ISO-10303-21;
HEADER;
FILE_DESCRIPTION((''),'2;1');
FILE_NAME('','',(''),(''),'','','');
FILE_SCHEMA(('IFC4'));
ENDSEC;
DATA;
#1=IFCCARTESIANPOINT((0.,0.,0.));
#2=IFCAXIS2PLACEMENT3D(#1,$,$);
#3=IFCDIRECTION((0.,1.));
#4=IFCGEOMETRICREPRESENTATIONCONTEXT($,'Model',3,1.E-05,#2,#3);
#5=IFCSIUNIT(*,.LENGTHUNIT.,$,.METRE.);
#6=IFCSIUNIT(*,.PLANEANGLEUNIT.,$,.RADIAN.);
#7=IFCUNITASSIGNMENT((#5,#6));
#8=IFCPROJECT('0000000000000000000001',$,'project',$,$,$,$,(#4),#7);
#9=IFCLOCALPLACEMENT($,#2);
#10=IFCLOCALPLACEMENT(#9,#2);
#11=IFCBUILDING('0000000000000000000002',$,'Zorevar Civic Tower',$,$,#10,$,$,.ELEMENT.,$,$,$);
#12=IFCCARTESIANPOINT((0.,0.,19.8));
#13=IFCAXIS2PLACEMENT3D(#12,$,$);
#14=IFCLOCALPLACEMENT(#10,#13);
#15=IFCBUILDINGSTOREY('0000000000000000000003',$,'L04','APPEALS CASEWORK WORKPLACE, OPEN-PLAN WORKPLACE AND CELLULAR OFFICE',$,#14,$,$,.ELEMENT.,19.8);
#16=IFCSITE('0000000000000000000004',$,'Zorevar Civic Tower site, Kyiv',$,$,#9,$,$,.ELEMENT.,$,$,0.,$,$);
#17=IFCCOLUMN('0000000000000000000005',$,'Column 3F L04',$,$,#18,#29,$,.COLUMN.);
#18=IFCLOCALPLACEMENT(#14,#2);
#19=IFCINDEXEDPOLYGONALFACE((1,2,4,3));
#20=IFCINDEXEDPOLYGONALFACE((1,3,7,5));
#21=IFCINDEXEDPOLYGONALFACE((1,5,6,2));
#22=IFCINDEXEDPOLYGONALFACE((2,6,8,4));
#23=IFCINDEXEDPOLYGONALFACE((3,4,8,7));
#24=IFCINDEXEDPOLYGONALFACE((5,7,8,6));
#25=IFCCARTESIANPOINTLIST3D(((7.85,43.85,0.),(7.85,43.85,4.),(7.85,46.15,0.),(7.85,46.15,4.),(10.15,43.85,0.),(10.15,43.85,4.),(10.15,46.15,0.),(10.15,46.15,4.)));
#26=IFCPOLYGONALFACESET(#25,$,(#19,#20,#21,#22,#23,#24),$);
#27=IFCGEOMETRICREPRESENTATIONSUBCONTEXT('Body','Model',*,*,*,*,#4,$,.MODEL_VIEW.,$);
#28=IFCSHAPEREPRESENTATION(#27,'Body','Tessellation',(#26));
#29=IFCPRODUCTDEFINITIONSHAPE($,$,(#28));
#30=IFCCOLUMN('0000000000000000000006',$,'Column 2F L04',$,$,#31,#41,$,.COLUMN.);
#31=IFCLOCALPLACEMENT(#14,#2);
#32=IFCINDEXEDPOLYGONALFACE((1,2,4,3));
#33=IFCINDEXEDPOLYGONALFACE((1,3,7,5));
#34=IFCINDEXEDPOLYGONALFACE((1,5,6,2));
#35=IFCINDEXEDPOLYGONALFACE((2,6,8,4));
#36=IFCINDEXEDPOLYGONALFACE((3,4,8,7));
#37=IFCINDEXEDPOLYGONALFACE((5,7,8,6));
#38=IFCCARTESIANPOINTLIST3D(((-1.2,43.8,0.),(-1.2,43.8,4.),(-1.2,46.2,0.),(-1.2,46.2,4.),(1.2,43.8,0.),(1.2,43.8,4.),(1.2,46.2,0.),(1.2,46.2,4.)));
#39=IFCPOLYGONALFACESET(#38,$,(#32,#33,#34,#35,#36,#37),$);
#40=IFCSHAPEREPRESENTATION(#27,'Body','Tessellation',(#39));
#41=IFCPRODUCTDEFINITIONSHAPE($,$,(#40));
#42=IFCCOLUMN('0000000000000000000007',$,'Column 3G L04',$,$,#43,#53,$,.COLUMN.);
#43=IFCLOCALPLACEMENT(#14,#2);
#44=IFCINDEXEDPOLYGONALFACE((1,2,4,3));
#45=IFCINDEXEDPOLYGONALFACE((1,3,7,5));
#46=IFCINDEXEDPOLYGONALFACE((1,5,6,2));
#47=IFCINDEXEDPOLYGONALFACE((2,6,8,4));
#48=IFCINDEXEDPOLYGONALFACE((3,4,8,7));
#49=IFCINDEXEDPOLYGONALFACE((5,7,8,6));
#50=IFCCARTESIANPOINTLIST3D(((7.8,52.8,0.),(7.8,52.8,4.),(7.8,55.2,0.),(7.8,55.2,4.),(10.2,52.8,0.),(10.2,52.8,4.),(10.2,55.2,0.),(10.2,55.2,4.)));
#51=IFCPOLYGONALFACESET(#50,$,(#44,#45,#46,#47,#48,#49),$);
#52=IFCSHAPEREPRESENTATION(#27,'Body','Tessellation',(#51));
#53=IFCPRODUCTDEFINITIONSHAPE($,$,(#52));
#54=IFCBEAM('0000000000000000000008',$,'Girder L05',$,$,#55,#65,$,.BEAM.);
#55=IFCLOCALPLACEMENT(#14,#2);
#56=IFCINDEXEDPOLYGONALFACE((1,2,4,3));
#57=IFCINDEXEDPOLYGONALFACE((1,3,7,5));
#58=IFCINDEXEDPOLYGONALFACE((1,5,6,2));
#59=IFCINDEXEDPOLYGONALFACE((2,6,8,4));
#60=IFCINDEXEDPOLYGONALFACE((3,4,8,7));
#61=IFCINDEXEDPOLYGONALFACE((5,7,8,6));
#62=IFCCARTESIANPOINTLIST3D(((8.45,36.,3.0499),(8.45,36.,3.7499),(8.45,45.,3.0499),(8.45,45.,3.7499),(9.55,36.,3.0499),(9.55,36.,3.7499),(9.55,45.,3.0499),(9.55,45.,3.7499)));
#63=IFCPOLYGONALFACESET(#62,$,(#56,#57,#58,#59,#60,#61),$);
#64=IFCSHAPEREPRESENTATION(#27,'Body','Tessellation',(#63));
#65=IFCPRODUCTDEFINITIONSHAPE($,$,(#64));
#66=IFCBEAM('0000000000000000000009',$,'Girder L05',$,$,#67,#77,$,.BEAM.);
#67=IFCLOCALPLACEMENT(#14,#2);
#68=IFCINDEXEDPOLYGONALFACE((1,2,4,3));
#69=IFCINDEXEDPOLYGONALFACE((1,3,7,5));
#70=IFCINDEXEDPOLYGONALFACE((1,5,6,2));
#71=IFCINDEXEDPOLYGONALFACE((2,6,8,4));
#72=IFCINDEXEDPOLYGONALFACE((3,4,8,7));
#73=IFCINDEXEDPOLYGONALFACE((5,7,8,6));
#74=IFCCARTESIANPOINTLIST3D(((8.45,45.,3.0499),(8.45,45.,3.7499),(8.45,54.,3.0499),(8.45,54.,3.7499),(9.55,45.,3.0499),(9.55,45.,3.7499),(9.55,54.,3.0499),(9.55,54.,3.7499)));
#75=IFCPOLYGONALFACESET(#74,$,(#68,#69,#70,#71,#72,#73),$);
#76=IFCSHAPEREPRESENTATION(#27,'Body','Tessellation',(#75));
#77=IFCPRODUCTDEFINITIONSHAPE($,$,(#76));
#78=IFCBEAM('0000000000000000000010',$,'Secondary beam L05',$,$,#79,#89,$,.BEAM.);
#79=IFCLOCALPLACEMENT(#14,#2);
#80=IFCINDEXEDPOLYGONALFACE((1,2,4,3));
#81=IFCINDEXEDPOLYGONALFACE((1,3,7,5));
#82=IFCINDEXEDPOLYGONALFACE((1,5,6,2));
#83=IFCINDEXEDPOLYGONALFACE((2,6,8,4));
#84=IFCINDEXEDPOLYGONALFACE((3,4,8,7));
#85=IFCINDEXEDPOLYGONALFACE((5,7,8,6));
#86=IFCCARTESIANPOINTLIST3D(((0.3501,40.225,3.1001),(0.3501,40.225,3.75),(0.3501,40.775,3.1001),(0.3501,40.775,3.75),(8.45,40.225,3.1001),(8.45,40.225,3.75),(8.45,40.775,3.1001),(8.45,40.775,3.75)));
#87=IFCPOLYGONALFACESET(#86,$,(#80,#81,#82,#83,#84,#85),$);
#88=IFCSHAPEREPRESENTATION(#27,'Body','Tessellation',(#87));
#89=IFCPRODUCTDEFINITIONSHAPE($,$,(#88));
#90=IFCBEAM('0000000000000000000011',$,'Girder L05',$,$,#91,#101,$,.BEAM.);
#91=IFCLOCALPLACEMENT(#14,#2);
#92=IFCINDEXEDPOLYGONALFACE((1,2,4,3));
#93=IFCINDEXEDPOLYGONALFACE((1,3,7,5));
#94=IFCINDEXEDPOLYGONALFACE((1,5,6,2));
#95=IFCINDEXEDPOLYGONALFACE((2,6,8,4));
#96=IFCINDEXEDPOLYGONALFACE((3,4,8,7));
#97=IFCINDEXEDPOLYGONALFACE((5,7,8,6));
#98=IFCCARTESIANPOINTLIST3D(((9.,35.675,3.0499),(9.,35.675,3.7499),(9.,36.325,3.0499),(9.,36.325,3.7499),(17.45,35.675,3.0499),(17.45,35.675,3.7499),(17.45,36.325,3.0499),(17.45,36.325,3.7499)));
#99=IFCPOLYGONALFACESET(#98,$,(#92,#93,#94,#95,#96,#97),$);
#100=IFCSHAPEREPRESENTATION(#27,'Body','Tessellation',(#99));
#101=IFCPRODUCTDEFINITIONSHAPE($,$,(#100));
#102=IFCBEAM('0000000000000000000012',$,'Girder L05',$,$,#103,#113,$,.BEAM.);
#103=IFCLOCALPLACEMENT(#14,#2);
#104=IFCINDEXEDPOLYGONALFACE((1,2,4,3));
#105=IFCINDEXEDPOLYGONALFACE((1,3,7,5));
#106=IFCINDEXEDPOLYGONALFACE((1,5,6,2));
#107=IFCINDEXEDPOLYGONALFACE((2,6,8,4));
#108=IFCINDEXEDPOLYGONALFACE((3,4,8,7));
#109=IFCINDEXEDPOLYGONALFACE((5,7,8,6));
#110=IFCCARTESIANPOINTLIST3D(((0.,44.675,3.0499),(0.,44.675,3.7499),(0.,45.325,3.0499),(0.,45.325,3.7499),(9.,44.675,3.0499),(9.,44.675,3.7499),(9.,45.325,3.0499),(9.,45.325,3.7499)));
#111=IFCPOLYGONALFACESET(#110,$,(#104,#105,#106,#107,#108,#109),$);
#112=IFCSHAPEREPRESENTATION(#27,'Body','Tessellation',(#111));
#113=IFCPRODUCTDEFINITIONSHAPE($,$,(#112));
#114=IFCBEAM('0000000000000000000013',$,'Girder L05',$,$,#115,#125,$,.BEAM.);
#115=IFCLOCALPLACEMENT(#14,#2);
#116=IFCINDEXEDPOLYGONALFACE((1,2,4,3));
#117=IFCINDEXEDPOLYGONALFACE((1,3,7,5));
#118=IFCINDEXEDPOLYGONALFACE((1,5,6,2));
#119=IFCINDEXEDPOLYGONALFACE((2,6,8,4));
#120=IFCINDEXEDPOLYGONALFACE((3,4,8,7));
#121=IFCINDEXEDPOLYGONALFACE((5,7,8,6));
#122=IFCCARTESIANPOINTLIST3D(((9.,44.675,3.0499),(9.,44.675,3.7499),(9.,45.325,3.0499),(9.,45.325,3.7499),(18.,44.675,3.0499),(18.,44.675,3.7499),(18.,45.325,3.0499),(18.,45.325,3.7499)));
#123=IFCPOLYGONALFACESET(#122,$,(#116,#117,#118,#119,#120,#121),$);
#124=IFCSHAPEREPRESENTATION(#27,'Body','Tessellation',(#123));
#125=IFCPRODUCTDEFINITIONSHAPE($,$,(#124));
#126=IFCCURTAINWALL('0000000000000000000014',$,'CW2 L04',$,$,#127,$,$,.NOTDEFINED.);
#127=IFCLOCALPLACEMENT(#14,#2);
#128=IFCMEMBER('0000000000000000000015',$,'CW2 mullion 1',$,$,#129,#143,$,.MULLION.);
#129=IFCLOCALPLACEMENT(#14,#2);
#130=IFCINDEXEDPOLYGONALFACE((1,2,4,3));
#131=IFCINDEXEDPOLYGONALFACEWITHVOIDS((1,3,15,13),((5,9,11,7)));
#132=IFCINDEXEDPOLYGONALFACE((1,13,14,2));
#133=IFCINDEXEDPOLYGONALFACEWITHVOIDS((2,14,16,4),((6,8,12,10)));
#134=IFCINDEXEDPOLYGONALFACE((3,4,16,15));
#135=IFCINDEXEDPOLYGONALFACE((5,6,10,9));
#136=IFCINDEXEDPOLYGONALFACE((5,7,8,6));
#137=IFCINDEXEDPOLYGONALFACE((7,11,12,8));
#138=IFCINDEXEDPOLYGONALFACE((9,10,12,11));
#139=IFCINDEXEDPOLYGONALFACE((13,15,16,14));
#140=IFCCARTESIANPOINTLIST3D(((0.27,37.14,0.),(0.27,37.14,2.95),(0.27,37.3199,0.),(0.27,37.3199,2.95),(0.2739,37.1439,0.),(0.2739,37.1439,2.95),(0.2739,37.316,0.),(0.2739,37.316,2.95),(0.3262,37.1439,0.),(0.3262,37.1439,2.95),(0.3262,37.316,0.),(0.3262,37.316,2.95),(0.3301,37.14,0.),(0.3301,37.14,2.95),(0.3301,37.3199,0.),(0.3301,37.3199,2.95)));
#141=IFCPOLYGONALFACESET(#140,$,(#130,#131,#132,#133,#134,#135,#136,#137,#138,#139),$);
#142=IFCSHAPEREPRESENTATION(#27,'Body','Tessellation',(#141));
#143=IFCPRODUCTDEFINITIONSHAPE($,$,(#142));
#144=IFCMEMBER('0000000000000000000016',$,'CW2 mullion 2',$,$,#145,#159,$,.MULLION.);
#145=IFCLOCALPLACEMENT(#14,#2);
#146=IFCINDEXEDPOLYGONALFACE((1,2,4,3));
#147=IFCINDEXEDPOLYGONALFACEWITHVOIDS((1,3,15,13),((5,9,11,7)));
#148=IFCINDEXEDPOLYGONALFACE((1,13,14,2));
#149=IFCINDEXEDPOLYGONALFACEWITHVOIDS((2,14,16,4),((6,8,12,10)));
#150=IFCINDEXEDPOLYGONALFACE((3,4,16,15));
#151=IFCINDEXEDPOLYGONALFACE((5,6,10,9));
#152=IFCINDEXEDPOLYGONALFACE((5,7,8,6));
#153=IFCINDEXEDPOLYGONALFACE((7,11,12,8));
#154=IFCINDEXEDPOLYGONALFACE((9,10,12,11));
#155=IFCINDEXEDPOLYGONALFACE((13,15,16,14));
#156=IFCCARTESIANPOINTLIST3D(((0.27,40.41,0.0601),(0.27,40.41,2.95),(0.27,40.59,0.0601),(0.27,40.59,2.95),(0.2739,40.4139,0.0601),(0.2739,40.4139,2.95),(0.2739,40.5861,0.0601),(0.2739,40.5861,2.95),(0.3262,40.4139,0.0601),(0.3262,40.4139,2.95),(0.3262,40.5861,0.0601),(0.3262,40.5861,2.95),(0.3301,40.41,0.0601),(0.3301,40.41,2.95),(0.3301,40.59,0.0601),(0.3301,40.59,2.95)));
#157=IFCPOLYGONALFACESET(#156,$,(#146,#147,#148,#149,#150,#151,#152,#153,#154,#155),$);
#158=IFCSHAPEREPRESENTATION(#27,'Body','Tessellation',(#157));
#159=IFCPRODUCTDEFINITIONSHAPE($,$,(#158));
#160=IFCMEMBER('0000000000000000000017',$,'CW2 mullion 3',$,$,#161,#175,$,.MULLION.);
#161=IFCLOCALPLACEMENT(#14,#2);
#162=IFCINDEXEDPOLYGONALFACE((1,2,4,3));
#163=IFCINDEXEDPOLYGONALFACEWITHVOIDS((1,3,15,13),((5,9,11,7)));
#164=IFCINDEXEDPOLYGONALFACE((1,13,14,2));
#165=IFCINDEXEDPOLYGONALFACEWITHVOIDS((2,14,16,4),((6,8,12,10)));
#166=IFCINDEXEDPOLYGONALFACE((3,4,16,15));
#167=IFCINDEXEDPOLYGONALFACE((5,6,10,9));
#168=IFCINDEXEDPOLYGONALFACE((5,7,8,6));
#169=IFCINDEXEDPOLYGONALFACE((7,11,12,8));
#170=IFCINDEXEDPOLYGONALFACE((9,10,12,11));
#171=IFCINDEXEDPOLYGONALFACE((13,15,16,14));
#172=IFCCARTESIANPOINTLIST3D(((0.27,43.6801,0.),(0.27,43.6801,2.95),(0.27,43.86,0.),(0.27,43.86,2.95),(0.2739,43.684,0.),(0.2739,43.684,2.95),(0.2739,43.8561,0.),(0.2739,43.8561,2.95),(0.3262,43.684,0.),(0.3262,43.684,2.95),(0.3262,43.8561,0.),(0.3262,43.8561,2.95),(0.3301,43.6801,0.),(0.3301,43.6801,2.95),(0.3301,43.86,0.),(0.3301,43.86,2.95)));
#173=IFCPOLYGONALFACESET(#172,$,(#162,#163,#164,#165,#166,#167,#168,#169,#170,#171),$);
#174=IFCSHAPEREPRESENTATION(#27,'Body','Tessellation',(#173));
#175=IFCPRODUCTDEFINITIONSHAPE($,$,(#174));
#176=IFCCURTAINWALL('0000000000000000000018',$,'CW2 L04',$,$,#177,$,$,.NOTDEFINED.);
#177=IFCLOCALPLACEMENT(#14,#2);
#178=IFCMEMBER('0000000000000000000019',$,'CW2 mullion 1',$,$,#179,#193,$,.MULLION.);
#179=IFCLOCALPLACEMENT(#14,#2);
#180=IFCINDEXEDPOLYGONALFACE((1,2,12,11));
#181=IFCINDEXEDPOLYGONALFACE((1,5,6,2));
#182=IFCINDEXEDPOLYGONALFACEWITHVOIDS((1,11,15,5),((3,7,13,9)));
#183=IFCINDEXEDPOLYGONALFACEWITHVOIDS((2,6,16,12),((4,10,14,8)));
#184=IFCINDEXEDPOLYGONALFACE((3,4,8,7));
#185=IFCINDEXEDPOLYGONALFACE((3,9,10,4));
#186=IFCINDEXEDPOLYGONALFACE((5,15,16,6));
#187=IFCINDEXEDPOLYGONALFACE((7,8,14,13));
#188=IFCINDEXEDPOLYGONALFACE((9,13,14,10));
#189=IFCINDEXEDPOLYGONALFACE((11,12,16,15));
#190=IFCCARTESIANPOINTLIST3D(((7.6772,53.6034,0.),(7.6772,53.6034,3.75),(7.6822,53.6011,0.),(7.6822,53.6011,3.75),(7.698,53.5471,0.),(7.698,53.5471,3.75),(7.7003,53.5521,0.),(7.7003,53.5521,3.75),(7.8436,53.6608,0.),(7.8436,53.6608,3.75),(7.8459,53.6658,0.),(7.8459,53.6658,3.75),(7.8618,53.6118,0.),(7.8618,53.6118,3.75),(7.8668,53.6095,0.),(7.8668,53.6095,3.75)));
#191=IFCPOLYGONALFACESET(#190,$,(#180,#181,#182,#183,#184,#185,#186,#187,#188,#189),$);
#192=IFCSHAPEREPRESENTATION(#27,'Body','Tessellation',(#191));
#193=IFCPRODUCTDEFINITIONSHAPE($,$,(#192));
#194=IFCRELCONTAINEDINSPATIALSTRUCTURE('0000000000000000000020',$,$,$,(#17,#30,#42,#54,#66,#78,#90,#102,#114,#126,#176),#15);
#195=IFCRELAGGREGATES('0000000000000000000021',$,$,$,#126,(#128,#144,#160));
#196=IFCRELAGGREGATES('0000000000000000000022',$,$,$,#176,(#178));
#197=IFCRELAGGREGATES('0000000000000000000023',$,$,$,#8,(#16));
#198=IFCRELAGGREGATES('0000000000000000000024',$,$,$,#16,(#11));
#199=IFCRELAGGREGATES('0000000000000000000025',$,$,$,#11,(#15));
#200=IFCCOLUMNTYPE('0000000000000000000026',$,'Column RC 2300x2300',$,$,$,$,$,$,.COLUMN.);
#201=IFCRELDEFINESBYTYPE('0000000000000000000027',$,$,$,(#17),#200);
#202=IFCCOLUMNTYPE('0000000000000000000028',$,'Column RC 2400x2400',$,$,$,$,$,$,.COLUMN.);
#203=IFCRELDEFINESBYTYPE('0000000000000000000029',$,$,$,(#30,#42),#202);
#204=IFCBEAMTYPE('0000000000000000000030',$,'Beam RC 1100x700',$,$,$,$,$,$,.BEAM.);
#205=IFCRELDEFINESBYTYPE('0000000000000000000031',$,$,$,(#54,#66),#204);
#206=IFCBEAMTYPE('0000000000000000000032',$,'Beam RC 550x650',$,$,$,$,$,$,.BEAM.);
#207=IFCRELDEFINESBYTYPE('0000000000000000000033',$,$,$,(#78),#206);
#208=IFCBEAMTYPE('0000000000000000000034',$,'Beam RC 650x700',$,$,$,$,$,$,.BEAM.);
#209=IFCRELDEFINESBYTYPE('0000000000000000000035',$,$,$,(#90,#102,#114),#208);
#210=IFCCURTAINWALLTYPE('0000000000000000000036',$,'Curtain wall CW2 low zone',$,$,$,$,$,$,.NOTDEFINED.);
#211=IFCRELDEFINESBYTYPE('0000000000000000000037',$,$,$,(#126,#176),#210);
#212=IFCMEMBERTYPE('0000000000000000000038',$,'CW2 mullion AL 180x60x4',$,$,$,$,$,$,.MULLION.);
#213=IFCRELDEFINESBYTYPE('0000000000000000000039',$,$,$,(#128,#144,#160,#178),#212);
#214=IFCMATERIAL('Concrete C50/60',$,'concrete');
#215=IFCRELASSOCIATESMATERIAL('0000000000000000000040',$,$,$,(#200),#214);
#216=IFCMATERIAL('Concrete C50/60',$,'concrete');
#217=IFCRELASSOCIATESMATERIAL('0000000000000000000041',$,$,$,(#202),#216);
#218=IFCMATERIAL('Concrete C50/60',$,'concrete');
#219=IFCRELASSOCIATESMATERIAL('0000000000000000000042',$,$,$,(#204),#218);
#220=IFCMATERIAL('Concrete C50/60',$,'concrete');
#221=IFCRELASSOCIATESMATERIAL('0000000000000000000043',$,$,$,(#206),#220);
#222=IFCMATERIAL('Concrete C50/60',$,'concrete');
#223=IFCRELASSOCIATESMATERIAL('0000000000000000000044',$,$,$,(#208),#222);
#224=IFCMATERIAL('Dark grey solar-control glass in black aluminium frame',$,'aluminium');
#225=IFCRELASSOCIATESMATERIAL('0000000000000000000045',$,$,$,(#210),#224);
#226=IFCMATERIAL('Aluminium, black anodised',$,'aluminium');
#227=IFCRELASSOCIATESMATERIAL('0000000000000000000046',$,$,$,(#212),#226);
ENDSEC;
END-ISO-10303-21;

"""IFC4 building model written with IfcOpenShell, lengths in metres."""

from ifc_helpers import new_model, si_unit, direction, frame, origin, origin_2d, place, context, subcontext, project, spatial, rectangle, hollow_rectangle, extrude, material, material_profile, profile_set, type_object, element, aggregate, save


model = new_model("IFC4")

# Units and contexts
model_context = context("Model", 3, precision=1e-05, world=origin(), true_north=direction((0.0, 1.0)))
body_context = subcontext(model_context, "Body", "Model", "MODEL_VIEW")
ifc_project = project(units=[si_unit("LENGTHUNIT", "METRE"), si_unit("PLANEANGLEUNIT", "RADIAN")], contexts=[model_context])

# Site, building, storey
site_placement = place(None, origin())
site = spatial("IfcSite", under=ifc_project, at=site_placement, Name="Zorevar Civic Tower site, Kyiv", CompositionType="ELEMENT", RefElevation=0.0)
building_placement = place(site_placement, origin())
building = spatial("IfcBuilding", under=site, at=building_placement, Name="Zorevar Civic Tower", CompositionType="ELEMENT")
storey_placement = place(building_placement, frame((0.0, 0.0, 19.8)))
storey = spatial("IfcBuildingStorey", under=building, at=storey_placement, Name="L04", Description="APPEALS CASEWORK WORKPLACE, OPEN-PLAN WORKPLACE AND CELLULAR OFFICE", CompositionType="ELEMENT", Elevation=19.8)

# Columns
ifc_material_1 = material(Name="Concrete C50/60", Category="concrete")
ifc_material_profile_1 = material_profile(ifc_material_1, rectangle(XDim=2.3, YDim=2.3, at=origin_2d()), Name="RC 2300x2300")
ifc_profile_set_1 = profile_set([ifc_material_profile_1], Name="Concrete C50/60")
column_type_1 = type_object("IfcColumnType", Name="Column RC 2300x2300", PredefinedType="COLUMN", material=ifc_profile_set_1)
column_placement = place(storey_placement, frame((9.0, 45.0, 0.0), z_axis=(0.0, 0.0, 1.0), x_axis=(1.0, 0.0, 0.0)))
element("IfcColumn", 1, at=column_placement, inside=storey, type_object=column_type_1, Name="Column 3F L04", PredefinedType="COLUMN", context=body_context, shape_type="SweptSolid", body=[
    extrude(rectangle(XDim=2.3, YDim=2.3, at=origin_2d()), origin(), (0.0, 0.0, 1.0), 4.0),
])
ifc_material_2 = material(Name="Concrete C50/60", Category="concrete")
ifc_material_profile_2 = material_profile(ifc_material_2, rectangle(XDim=2.3999, YDim=2.3999, at=origin_2d()), Name="RC 2400x2400")
ifc_profile_set_2 = profile_set([ifc_material_profile_2], Name="Concrete C50/60")
column_type_2 = type_object("IfcColumnType", Name="Column RC 2400x2400", PredefinedType="COLUMN", material=ifc_profile_set_2)
for number, where, z_axis, x_axis, name in (
    (2, (0.0, 45.0, 0.0), (0.0, 0.0, 1.0), (1.0, 0.0, 0.0), "Column 2F L04"),
    (3, (9.0, 54.0, 0.0), (0.0, 0.0, 1.0), (1.0, 0.0, 0.0), "Column 3G L04"),
):
    element("IfcColumn", number, at=place(storey_placement, frame(where, z_axis=z_axis, x_axis=x_axis)), inside=storey, type_object=column_type_2, Name=name, PredefinedType="COLUMN", context=body_context, shape_type="SweptSolid", body=[
        extrude(rectangle(XDim=2.3999, YDim=2.3999, at=origin_2d()), origin(), (0.0, 0.0, 1.0), 4.0),
    ])

# Beams
ifc_material_3 = material(Name="Concrete C50/60", Category="concrete")
ifc_material_profile_3 = material_profile(ifc_material_3, rectangle(XDim=1.1001, YDim=0.7, at=origin_2d()), Name="RC 1100x700")
ifc_profile_set_3 = profile_set([ifc_material_profile_3], Name="Concrete C50/60")
beam_type_1 = type_object("IfcBeamType", Name="Beam RC 1100x700", PredefinedType="BEAM", material=ifc_profile_set_3)
for number, where, z_axis, x_axis, name in (
    (4, (9.0, 36.0, 3.3999), (0.0, 1.0, 0.0), (-1.0, 0.0, 0.0), "Girder L05"),
    (5, (9.0, 45.0, 3.3999), (0.0, 1.0, 0.0), (-1.0, 0.0, 0.0), "Girder L05"),
):
    element("IfcBeam", number, at=place(storey_placement, frame(where, z_axis=z_axis, x_axis=x_axis)), inside=storey, type_object=beam_type_1, Name=name, PredefinedType="BEAM", context=body_context, shape_type="SweptSolid", body=[
        extrude(rectangle(XDim=1.1001, YDim=0.7, at=origin_2d()), origin(), (0.0, 0.0, 1.0), 9.0),
    ])
ifc_material_4 = material(Name="Concrete C50/60", Category="concrete")
ifc_material_profile_4 = material_profile(ifc_material_4, rectangle(XDim=0.55, YDim=0.6499, at=origin_2d()), Name="RC 550x650")
ifc_profile_set_4 = profile_set([ifc_material_profile_4], Name="Concrete C50/60")
beam_type_2 = type_object("IfcBeamType", Name="Beam RC 550x650", PredefinedType="BEAM", material=ifc_profile_set_4)
beam_1_placement = place(storey_placement, frame((0.3501, 40.5, 3.425), z_axis=(1.0, 0.0, 0.0), x_axis=(0.0, 1.0, 0.0)))
element("IfcBeam", 6, at=beam_1_placement, inside=storey, type_object=beam_type_2, Name="Secondary beam L05", PredefinedType="BEAM", context=body_context, shape_type="SweptSolid", body=[
    extrude(rectangle(XDim=0.55, YDim=0.6499, at=origin_2d()), origin(), (0.0, 0.0, 1.0), 8.0999),
])
ifc_material_5 = material(Name="Concrete C50/60", Category="concrete")
ifc_material_profile_5 = material_profile(ifc_material_5, rectangle(XDim=0.6499, YDim=0.7, at=origin_2d()), Name="RC 650x700")
ifc_profile_set_5 = profile_set([ifc_material_profile_5], Name="Concrete C50/60")
beam_type_3 = type_object("IfcBeamType", Name="Beam RC 650x700", PredefinedType="BEAM", material=ifc_profile_set_5)
beam_2_placement = place(storey_placement, frame((9.0, 36.0, 3.3999), z_axis=(1.0, 0.0, 0.0), x_axis=(0.0, 1.0, 0.0)))
element("IfcBeam", 7, at=beam_2_placement, inside=storey, type_object=beam_type_3, Name="Girder L05", PredefinedType="BEAM", context=body_context, shape_type="SweptSolid", body=[
    extrude(rectangle(XDim=0.6499, YDim=0.7, at=origin_2d()), origin(), (0.0, 0.0, 1.0), 8.45),
])
for number, where, z_axis, x_axis, name in (
    (8, (0.0, 45.0, 3.3999), (1.0, 0.0, 0.0), (0.0, 1.0, 0.0), "Girder L05"),
    (9, (9.0, 45.0, 3.3999), (1.0, 0.0, 0.0), (0.0, 1.0, 0.0), "Girder L05"),
):
    element("IfcBeam", number, at=place(storey_placement, frame(where, z_axis=z_axis, x_axis=x_axis)), inside=storey, type_object=beam_type_3, Name=name, PredefinedType="BEAM", context=body_context, shape_type="SweptSolid", body=[
        extrude(rectangle(XDim=0.6499, YDim=0.7, at=origin_2d()), origin(), (0.0, 0.0, 1.0), 9.0),
    ])

# Curtain walls, members
ifc_material_6 = material(Name="Dark grey solar-control glass in black aluminium frame", Category="aluminium")
curtain_wall_type = type_object("IfcCurtainWallType", Name="Curtain wall CW2 low zone", PredefinedType="NOTDEFINED", material=ifc_material_6)
curtain_wall_1_placement = place(storey_placement, origin())
curtain_wall_1 = element("IfcCurtainWall", 10, at=curtain_wall_1_placement, inside=storey, type_object=curtain_wall_type, Name="CW2 L04", PredefinedType="NOTDEFINED")
ifc_material_7 = material(Name="Aluminium, black anodised", Category="aluminium")
ifc_material_profile_6 = material_profile(ifc_material_7, hollow_rectangle(XDim=0.0601, YDim=0.1799, WallThickness=0.0039, at=origin_2d()), Name="AL 180x60x4")
ifc_profile_set_6 = profile_set([ifc_material_profile_6], Name="Aluminium, black anodised")
member_type_1 = type_object("IfcMemberType", Name="CW2 mullion AL 180x60x4", PredefinedType="MULLION", material=ifc_profile_set_6)
member_1_placement = place(storey_placement, frame((0.3, 37.23, 0.0), z_axis=(0.0, 0.0, 1.0), x_axis=(-1.0, 0.0, 0.0)))
member_1 = element("IfcMember", 11, at=member_1_placement, type_object=member_type_1, Name="CW2 mullion 1", PredefinedType="MULLION", context=body_context, shape_type="SweptSolid", body=[
    extrude(hollow_rectangle(XDim=0.0601, YDim=0.1799, WallThickness=0.0039, at=origin_2d()), origin(), (0.0, 0.0, 1.0), 2.95),
])
member_2_placement = place(storey_placement, frame((0.3, 40.5, 0.0601), z_axis=(0.0, 0.0, 1.0), x_axis=(-1.0, 0.0, 0.0)))
member_2 = element("IfcMember", 12, at=member_2_placement, type_object=member_type_1, Name="CW2 mullion 2", PredefinedType="MULLION", context=body_context, shape_type="SweptSolid", body=[
    extrude(hollow_rectangle(XDim=0.0601, YDim=0.1799, WallThickness=0.0039, at=origin_2d()), origin(), (0.0, 0.0, 1.0), 2.8899),
])
member_3_placement = place(storey_placement, frame((0.3, 43.77, 0.0), z_axis=(0.0, 0.0, 1.0), x_axis=(-1.0, 0.0, 0.0)))
member_3 = element("IfcMember", 13, at=member_3_placement, type_object=member_type_1, Name="CW2 mullion 3", PredefinedType="MULLION", context=body_context, shape_type="SweptSolid", body=[
    extrude(hollow_rectangle(XDim=0.0601, YDim=0.1799, WallThickness=0.0039, at=origin_2d()), origin(), (0.0, 0.0, 1.0), 2.95),
])
curtain_wall_2_placement = place(storey_placement, origin())
curtain_wall_2 = element("IfcCurtainWall", 14, at=curtain_wall_2_placement, inside=storey, type_object=curtain_wall_type, Name="CW2 L04", PredefinedType="NOTDEFINED")
member_4_placement = place(storey_placement, frame((7.772, 53.6064, 0.0), z_axis=(0.0, 0.0, 1.0), x_axis=(0.346704, -0.937975, 0.0)))
member_4 = element("IfcMember", 15, at=member_4_placement, type_object=member_type_1, Name="CW2 mullion 1", PredefinedType="MULLION", context=body_context, shape_type="SweptSolid", body=[
    extrude(hollow_rectangle(XDim=0.0601, YDim=0.1799, WallThickness=0.0039, at=origin_2d()), origin(), (0.0, 0.0, 1.0), 3.75),
])

aggregate(curtain_wall_1, [member_1, member_2, member_3])
aggregate(curtain_wall_2, [member_4])

save(model, "model.ifc")
